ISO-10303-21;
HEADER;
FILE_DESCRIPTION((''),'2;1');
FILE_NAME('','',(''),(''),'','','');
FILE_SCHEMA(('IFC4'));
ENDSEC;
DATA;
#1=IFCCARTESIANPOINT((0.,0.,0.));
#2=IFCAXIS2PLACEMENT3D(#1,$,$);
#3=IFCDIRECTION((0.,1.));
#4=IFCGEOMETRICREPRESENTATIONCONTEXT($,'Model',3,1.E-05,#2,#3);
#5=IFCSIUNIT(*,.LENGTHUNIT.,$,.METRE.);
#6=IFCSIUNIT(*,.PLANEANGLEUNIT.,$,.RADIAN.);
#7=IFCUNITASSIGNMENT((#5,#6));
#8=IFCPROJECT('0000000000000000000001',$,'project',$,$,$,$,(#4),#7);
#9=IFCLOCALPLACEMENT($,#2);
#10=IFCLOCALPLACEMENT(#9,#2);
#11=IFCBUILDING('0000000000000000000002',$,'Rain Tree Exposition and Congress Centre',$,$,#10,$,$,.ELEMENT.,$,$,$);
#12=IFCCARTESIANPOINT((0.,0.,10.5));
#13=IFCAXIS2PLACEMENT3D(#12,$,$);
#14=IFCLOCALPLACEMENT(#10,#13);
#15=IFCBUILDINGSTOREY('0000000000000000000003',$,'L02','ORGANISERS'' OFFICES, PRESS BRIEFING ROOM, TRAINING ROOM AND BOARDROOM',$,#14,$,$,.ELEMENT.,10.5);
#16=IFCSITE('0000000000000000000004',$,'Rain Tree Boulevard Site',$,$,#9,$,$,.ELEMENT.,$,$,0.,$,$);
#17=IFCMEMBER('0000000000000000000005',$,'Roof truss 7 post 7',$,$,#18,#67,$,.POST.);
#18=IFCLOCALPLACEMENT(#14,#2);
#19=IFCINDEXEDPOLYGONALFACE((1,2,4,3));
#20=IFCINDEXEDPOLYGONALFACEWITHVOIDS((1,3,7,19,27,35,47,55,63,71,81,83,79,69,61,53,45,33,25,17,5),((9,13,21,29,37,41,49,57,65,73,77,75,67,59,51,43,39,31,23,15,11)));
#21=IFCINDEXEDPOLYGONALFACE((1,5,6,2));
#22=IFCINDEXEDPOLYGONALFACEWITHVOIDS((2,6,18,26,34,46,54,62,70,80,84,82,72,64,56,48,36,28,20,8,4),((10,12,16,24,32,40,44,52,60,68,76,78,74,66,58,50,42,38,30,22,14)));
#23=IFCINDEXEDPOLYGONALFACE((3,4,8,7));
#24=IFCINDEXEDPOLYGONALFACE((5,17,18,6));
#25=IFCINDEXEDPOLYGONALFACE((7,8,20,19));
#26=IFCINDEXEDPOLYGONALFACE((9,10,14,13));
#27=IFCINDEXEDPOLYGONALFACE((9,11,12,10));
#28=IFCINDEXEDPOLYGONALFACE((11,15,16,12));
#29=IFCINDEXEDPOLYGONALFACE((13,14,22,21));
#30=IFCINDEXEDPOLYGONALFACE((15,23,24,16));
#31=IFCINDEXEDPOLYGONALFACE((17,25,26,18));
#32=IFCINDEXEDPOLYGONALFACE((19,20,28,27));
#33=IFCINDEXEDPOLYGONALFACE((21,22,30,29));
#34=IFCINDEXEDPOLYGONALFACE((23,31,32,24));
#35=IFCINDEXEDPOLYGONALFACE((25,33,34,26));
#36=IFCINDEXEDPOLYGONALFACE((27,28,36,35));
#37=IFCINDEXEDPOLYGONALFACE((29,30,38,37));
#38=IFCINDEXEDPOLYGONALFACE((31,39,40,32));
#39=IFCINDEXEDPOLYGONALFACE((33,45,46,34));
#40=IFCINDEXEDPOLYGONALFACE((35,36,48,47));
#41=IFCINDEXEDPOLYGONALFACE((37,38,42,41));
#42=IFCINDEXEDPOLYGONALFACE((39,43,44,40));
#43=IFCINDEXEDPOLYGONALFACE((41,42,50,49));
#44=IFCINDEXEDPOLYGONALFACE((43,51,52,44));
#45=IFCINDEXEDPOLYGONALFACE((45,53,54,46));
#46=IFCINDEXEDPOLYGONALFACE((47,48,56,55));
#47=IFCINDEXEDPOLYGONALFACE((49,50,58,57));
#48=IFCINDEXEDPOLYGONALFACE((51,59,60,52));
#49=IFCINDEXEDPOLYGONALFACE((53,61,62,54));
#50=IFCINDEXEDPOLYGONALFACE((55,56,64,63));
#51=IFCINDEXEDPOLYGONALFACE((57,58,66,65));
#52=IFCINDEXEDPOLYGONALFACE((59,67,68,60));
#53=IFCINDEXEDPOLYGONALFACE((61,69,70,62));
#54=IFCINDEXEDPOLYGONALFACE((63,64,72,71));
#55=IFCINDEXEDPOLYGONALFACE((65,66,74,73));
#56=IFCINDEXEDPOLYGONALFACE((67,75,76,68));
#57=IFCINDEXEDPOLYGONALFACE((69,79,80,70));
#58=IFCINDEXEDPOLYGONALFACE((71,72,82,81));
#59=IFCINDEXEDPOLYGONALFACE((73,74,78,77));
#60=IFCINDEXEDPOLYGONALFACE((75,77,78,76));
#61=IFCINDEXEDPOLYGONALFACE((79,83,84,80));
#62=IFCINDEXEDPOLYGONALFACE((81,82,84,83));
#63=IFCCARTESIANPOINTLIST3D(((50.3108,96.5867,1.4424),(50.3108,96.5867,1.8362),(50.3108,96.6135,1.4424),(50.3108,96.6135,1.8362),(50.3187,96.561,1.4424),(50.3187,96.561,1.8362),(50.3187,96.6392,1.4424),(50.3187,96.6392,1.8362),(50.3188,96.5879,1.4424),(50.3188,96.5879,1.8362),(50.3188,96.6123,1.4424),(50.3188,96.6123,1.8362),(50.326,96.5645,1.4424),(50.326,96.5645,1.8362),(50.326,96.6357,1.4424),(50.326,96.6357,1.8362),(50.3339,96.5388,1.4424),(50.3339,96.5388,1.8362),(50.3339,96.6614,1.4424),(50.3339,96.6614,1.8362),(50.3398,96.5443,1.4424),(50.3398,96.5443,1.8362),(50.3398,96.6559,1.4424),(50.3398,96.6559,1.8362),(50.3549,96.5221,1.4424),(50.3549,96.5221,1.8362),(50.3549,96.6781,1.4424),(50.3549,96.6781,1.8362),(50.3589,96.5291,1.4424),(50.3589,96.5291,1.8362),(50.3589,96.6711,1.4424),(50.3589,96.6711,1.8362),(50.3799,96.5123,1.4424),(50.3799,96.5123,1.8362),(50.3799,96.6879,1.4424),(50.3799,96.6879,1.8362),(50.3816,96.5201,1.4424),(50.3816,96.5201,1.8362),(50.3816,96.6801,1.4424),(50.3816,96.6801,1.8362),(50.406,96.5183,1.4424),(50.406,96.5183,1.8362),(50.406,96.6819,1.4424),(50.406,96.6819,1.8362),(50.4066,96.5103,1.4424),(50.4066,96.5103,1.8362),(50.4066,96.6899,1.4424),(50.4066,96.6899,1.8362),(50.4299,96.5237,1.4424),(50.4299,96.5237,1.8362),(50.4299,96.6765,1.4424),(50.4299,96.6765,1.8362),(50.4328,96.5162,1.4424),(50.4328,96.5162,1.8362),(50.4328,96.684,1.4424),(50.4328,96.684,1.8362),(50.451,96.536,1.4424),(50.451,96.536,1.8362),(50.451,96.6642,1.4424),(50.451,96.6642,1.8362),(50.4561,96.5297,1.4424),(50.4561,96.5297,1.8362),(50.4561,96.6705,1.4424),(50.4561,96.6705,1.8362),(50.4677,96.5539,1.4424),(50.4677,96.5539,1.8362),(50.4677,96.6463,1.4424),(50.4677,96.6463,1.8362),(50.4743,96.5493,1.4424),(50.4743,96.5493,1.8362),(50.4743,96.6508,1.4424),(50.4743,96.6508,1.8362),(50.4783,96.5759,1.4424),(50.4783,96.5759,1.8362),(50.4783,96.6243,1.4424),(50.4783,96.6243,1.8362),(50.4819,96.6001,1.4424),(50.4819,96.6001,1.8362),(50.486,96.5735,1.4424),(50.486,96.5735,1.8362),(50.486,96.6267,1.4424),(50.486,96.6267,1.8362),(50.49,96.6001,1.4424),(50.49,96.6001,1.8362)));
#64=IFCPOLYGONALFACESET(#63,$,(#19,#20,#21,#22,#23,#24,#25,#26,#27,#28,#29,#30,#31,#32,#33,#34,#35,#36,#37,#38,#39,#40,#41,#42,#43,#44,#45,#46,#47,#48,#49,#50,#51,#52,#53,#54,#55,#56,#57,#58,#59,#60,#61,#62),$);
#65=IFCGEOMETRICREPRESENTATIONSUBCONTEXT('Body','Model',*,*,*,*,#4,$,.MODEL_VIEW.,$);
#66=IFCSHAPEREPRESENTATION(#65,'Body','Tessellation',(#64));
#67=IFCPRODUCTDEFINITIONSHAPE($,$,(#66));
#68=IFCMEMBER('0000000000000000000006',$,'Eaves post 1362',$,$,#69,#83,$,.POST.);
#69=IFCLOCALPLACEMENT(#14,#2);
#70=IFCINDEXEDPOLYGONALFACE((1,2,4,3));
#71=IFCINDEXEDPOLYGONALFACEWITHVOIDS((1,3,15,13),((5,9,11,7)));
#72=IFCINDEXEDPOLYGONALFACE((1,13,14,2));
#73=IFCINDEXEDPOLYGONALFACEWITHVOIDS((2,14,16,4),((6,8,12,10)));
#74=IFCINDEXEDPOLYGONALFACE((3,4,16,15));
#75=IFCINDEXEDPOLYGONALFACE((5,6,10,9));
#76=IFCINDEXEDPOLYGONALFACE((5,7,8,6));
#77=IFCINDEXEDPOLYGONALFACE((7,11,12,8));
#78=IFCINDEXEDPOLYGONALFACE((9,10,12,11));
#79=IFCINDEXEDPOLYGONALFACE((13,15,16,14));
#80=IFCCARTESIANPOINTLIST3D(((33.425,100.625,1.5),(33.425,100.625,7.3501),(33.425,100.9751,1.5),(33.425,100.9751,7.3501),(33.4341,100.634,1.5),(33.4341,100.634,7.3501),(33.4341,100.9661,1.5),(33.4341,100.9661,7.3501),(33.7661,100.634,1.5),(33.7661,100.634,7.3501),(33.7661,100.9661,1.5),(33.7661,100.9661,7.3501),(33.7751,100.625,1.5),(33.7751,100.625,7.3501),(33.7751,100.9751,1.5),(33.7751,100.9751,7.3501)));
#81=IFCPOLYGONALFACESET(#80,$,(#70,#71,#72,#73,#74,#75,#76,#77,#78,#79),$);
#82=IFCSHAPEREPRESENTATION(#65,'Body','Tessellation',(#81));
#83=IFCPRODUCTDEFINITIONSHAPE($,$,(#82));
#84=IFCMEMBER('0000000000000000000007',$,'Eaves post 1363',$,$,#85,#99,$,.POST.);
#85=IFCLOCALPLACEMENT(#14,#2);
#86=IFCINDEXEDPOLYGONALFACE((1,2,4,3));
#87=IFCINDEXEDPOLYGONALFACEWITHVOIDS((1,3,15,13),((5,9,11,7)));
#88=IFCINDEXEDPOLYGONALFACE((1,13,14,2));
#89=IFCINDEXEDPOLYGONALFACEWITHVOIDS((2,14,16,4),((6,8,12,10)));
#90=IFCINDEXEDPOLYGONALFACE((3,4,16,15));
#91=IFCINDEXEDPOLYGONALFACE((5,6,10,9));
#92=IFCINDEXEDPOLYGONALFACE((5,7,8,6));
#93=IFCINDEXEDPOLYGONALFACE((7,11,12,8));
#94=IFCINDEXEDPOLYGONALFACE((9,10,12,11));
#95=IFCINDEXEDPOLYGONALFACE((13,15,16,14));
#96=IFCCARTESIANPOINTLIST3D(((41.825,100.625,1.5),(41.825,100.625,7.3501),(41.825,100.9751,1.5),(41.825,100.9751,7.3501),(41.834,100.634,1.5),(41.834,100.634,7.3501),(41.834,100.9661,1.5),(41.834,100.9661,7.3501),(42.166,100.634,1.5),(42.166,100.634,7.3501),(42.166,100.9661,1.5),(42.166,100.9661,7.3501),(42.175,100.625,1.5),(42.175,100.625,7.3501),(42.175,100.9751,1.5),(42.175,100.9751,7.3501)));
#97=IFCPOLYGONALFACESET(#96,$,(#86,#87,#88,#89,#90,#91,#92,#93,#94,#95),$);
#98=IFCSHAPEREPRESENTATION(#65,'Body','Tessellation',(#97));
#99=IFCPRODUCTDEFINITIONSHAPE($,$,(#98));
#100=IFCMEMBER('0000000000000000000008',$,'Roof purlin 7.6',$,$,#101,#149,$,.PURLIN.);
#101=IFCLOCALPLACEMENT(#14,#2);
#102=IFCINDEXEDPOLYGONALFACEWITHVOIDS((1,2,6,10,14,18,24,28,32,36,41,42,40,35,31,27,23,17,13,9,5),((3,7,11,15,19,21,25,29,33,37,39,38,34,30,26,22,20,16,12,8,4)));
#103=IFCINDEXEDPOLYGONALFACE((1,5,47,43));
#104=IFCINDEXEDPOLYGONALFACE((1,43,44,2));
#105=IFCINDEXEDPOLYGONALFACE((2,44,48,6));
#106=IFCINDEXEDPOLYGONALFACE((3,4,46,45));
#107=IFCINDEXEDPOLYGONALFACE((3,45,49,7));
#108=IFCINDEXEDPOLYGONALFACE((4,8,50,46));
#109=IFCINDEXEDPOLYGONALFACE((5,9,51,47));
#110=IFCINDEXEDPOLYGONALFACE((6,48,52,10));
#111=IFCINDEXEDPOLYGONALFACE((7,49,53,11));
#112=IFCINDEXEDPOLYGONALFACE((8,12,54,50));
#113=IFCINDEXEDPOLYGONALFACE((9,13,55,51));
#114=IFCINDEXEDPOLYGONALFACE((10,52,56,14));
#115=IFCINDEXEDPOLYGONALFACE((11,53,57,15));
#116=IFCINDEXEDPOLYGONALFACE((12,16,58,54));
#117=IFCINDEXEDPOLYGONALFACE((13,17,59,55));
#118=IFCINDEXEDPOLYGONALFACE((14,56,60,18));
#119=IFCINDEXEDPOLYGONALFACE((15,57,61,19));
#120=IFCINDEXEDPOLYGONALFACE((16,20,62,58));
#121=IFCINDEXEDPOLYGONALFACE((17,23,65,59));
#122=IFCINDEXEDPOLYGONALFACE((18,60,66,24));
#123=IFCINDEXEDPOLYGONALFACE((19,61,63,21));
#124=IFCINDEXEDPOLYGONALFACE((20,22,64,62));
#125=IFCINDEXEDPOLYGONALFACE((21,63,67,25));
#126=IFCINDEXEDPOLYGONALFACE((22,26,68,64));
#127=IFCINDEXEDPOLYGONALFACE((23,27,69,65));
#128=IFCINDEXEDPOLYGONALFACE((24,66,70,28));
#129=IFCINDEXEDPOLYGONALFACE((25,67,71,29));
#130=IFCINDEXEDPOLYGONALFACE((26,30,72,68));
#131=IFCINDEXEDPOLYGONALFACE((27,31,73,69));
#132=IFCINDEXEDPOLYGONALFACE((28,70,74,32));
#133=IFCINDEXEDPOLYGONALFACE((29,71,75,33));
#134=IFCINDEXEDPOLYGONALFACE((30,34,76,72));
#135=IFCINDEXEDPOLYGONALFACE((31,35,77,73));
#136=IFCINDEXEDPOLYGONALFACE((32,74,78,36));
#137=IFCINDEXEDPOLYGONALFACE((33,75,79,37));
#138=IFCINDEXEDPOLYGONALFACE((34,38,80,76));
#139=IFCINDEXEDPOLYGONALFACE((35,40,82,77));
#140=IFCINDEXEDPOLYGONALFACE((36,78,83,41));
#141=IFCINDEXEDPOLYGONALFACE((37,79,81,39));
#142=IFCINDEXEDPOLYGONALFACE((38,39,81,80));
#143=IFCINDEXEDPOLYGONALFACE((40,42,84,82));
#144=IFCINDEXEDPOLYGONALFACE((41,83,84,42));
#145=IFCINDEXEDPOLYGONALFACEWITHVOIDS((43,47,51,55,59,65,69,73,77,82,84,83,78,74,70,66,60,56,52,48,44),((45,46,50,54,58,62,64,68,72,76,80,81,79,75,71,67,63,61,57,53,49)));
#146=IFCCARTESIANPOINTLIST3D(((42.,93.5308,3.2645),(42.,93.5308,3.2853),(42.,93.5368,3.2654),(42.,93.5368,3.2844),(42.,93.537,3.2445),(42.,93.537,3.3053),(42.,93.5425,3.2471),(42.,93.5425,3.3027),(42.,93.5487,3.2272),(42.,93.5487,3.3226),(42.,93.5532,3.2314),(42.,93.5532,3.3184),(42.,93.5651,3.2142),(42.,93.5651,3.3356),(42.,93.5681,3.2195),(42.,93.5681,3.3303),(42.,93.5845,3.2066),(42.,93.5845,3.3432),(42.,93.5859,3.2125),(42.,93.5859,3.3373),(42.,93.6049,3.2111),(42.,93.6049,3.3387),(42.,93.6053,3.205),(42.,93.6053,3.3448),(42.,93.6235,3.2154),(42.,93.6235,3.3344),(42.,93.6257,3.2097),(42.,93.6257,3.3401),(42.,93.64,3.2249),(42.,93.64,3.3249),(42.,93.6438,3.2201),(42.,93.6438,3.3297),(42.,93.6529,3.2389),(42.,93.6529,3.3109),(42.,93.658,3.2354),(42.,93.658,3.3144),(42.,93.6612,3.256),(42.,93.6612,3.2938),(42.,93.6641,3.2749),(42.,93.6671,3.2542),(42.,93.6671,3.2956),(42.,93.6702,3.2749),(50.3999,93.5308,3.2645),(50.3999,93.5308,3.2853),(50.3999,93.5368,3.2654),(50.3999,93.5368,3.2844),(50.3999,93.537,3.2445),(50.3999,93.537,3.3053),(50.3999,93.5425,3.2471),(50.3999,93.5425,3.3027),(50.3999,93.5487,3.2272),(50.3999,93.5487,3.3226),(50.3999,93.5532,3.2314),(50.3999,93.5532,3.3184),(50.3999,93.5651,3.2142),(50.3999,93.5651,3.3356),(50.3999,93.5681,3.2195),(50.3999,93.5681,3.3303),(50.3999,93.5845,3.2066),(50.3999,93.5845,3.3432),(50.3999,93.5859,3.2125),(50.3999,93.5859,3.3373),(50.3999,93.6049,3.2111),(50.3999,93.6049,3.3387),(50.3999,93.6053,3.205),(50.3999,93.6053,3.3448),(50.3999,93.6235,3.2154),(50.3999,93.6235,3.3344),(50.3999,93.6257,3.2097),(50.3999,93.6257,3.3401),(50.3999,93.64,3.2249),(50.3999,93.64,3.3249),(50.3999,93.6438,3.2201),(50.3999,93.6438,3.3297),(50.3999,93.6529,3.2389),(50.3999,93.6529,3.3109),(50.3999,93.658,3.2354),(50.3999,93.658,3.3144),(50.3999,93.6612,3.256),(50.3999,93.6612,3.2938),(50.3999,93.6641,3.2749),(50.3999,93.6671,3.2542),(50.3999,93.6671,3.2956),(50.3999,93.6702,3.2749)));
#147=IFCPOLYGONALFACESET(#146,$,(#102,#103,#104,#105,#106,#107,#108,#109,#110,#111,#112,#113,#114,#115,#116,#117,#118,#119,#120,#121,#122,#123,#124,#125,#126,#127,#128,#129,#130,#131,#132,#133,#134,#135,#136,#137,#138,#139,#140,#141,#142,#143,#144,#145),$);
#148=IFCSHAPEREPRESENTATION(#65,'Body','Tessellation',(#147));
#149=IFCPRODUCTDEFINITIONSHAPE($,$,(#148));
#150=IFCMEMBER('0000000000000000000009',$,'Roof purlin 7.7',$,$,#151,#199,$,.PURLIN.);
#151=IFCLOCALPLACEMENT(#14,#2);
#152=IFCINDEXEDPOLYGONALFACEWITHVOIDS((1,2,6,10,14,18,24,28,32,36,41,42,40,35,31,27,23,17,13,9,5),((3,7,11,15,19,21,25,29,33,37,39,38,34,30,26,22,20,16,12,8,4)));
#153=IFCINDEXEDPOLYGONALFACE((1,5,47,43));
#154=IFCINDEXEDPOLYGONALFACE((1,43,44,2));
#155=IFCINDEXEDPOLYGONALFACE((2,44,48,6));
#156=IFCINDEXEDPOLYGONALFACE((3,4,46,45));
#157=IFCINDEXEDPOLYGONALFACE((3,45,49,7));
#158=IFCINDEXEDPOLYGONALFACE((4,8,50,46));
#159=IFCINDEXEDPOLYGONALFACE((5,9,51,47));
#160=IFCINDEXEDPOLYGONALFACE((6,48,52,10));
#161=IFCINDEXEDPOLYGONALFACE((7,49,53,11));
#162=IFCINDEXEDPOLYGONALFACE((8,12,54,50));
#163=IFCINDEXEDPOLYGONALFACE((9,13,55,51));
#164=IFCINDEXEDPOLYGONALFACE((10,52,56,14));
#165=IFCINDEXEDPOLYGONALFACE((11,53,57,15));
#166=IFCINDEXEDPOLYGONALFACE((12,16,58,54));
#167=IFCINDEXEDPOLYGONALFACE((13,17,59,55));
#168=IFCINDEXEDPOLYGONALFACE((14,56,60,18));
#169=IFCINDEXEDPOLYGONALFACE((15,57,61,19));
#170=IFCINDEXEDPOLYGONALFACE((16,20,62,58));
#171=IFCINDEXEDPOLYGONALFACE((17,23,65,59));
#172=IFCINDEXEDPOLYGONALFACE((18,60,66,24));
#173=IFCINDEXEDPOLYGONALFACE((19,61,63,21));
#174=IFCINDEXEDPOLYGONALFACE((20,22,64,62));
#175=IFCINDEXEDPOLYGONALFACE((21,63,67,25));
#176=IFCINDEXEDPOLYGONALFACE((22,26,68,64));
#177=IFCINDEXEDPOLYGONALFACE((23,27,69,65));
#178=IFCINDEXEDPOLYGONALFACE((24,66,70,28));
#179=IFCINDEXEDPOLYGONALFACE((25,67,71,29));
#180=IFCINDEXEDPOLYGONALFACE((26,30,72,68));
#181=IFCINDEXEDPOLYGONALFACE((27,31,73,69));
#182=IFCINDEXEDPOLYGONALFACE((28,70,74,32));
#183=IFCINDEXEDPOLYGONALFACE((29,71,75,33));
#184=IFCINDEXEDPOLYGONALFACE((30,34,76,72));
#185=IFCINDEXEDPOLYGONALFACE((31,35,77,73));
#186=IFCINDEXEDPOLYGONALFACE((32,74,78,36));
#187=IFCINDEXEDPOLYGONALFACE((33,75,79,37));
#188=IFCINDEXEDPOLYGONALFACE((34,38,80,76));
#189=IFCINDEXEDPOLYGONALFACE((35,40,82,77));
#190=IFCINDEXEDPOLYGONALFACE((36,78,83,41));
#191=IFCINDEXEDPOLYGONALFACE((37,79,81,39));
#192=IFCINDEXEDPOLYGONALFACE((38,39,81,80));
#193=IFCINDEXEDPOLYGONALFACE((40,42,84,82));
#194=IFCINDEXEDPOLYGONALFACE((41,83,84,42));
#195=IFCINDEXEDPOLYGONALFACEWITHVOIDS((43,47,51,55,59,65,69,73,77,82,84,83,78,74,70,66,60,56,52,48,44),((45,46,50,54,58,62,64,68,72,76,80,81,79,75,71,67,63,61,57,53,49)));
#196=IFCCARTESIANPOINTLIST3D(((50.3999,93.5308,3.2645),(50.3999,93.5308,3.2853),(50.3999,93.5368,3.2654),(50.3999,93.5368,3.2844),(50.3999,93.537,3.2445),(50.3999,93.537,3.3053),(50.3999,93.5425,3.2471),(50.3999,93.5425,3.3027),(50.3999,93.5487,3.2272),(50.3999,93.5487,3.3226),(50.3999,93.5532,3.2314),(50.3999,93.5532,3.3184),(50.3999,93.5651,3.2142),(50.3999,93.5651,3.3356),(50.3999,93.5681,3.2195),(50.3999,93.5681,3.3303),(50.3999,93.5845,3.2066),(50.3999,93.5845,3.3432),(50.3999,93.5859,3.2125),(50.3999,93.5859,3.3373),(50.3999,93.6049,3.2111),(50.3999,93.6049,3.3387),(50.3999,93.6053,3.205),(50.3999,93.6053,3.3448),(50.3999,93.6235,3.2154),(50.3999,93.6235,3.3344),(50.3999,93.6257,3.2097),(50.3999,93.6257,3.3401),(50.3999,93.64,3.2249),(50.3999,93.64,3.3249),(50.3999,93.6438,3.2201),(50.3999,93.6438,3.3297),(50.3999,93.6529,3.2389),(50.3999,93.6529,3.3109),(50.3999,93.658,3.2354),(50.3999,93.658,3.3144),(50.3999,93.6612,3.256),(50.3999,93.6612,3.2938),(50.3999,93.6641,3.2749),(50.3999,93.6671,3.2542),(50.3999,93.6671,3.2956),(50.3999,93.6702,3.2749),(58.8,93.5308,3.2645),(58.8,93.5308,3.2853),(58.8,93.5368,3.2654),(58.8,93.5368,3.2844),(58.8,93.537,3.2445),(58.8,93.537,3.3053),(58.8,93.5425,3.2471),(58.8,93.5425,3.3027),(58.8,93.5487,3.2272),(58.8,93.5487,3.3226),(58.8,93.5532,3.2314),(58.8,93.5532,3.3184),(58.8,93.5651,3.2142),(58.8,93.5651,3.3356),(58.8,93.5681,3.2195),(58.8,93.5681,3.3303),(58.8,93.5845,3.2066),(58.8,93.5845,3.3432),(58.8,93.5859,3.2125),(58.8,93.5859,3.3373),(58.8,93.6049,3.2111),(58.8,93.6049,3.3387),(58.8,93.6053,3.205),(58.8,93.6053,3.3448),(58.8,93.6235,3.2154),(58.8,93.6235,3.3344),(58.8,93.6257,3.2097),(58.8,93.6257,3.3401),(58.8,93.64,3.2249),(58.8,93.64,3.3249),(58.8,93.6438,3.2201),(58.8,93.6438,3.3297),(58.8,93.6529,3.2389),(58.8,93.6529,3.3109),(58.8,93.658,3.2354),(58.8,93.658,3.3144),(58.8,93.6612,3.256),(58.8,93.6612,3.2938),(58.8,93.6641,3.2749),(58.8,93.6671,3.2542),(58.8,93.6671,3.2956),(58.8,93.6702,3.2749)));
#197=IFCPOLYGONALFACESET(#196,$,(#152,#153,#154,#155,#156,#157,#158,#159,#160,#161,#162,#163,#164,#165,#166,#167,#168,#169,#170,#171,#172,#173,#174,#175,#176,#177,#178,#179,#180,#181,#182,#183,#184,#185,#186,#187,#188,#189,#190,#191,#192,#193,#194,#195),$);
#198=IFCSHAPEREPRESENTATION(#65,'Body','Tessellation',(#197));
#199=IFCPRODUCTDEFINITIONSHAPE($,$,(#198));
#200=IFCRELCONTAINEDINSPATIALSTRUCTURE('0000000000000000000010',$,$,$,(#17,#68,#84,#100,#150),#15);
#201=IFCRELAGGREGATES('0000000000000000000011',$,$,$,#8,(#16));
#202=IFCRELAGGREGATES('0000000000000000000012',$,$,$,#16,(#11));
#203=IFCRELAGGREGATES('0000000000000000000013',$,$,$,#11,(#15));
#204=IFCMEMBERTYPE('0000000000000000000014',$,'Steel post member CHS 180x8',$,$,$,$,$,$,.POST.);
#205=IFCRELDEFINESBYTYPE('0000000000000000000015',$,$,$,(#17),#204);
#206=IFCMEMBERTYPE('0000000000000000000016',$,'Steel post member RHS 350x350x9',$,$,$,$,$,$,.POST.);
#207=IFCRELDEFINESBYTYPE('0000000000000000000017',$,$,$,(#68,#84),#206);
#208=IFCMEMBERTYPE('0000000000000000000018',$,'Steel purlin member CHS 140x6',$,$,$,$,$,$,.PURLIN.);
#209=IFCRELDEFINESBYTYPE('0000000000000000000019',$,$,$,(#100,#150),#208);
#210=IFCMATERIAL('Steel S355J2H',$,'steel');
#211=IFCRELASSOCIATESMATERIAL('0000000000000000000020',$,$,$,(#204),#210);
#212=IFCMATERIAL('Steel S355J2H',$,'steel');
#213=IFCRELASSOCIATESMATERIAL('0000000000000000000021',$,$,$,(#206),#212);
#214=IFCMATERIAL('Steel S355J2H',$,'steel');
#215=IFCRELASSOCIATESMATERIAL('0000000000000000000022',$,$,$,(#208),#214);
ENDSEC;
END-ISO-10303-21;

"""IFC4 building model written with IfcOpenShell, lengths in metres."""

from ifc_helpers import new_model, si_unit, direction, frame, origin, origin_2d, place, context, subcontext, project, spatial, hollow_rectangle, hollow_circle, extrude, material, material_profile, profile_set, type_object, element, save


model = new_model("IFC4")

# Units and contexts
model_context = context("Model", 3, precision=1e-05, world=origin(), true_north=direction((0.0, 1.0)))
body_context = subcontext(model_context, "Body", "Model", "MODEL_VIEW")
ifc_project = project(units=[si_unit("LENGTHUNIT", "METRE"), si_unit("PLANEANGLEUNIT", "RADIAN")], contexts=[model_context])

# Site, building, storey
site_placement = place(None, origin())
site = spatial("IfcSite", under=ifc_project, at=site_placement, Name="Rain Tree Boulevard Site", CompositionType="ELEMENT", RefElevation=0.0)
building_placement = place(site_placement, origin())
building = spatial("IfcBuilding", under=site, at=building_placement, Name="Rain Tree Exposition and Congress Centre", CompositionType="ELEMENT")
storey_placement = place(building_placement, frame((0.0, 0.0, 10.5)))
storey = spatial("IfcBuildingStorey", under=building, at=storey_placement, Name="L02", Description="ORGANISERS' OFFICES, PRESS BRIEFING ROOM, TRAINING ROOM AND BOARDROOM", CompositionType="ELEMENT", Elevation=10.5)

# Members
ifc_material_1 = material(Name="Steel S355J2H", Category="steel")
ifc_material_profile_1 = material_profile(ifc_material_1, hollow_circle(Radius=0.0901, WallThickness=0.0081, at=origin_2d()), Name="CHS 180x8")
ifc_profile_set_1 = profile_set([ifc_material_profile_1], Name="Steel S355J2H")
member_type_1 = type_object("IfcMemberType", Name="Steel post member CHS 180x8", PredefinedType="POST", material=ifc_profile_set_1)
member_1_placement = place(storey_placement, frame((50.3999, 96.6001, 1.4424), z_axis=(0.0, 0.0, 1.0), x_axis=(1.0, 0.0, 0.0)))
element("IfcMember", 1, at=member_1_placement, inside=storey, type_object=member_type_1, Name="Roof truss 7 post 7", PredefinedType="POST", context=body_context, shape_type="SweptSolid", body=[
    extrude(hollow_circle(Radius=0.0901, WallThickness=0.0081, at=origin_2d()), origin(), (0.0, 0.0, 1.0), 0.3938),
])
ifc_material_2 = material(Name="Steel S355J2H", Category="steel")
ifc_material_profile_2 = material_profile(ifc_material_2, hollow_rectangle(XDim=0.3501, YDim=0.3501, WallThickness=0.009, at=origin_2d()), Name="RHS 350x350x9")
ifc_profile_set_2 = profile_set([ifc_material_profile_2], Name="Steel S355J2H")
member_type_2 = type_object("IfcMemberType", Name="Steel post member RHS 350x350x9", PredefinedType="POST", material=ifc_profile_set_2)
for number, where, z_axis, x_axis, name in (
    (2, (33.6001, 100.8, 1.5), (0.0, 0.0, 1.0), (1.0, 0.0, 0.0), "Eaves post 1362"),
    (3, (42.0, 100.8, 1.5), (0.0, 0.0, 1.0), (1.0, 0.0, 0.0), "Eaves post 1363"),
):
    element("IfcMember", number, at=place(storey_placement, frame(where, z_axis=z_axis, x_axis=x_axis)), inside=storey, type_object=member_type_2, Name=name, PredefinedType="POST", context=body_context, shape_type="SweptSolid", body=[
        extrude(hollow_rectangle(XDim=0.3501, YDim=0.3501, WallThickness=0.009, at=origin_2d()), origin(), (0.0, 0.0, 1.0), 5.8501),
    ])
ifc_material_3 = material(Name="Steel S355J2H", Category="steel")
ifc_material_profile_3 = material_profile(ifc_material_3, hollow_circle(Radius=0.0701, WallThickness=0.0061, at=origin_2d()), Name="CHS 140x6")
ifc_profile_set_3 = profile_set([ifc_material_profile_3], Name="Steel S355J2H")
member_type_3 = type_object("IfcMemberType", Name="Steel purlin member CHS 140x6", PredefinedType="PURLIN", material=ifc_profile_set_3)
member_2_placement = place(storey_placement, frame((42.0, 93.6001, 3.2749), z_axis=(1.0, 0.0, 0.0), x_axis=(0.0, 1.0, 0.0)))
element("IfcMember", 4, at=member_2_placement, inside=storey, type_object=member_type_3, Name="Roof purlin 7.6", PredefinedType="PURLIN", context=body_context, shape_type="SweptSolid", body=[
    extrude(hollow_circle(Radius=0.0701, WallThickness=0.0061, at=origin_2d()), origin(), (0.0, 0.0, 1.0), 8.3999),
])
member_3_placement = place(storey_placement, frame((50.3999, 93.6001, 3.2749), z_axis=(1.0, 0.0, 0.0), x_axis=(0.0, 1.0, 0.0)))
element("IfcMember", 5, at=member_3_placement, inside=storey, type_object=member_type_3, Name="Roof purlin 7.7", PredefinedType="PURLIN", context=body_context, shape_type="SweptSolid", body=[
    extrude(hollow_circle(Radius=0.0701, WallThickness=0.0061, at=origin_2d()), origin(), (0.0, 0.0, 1.0), 8.4001),
])

save(model, "model.ifc")
